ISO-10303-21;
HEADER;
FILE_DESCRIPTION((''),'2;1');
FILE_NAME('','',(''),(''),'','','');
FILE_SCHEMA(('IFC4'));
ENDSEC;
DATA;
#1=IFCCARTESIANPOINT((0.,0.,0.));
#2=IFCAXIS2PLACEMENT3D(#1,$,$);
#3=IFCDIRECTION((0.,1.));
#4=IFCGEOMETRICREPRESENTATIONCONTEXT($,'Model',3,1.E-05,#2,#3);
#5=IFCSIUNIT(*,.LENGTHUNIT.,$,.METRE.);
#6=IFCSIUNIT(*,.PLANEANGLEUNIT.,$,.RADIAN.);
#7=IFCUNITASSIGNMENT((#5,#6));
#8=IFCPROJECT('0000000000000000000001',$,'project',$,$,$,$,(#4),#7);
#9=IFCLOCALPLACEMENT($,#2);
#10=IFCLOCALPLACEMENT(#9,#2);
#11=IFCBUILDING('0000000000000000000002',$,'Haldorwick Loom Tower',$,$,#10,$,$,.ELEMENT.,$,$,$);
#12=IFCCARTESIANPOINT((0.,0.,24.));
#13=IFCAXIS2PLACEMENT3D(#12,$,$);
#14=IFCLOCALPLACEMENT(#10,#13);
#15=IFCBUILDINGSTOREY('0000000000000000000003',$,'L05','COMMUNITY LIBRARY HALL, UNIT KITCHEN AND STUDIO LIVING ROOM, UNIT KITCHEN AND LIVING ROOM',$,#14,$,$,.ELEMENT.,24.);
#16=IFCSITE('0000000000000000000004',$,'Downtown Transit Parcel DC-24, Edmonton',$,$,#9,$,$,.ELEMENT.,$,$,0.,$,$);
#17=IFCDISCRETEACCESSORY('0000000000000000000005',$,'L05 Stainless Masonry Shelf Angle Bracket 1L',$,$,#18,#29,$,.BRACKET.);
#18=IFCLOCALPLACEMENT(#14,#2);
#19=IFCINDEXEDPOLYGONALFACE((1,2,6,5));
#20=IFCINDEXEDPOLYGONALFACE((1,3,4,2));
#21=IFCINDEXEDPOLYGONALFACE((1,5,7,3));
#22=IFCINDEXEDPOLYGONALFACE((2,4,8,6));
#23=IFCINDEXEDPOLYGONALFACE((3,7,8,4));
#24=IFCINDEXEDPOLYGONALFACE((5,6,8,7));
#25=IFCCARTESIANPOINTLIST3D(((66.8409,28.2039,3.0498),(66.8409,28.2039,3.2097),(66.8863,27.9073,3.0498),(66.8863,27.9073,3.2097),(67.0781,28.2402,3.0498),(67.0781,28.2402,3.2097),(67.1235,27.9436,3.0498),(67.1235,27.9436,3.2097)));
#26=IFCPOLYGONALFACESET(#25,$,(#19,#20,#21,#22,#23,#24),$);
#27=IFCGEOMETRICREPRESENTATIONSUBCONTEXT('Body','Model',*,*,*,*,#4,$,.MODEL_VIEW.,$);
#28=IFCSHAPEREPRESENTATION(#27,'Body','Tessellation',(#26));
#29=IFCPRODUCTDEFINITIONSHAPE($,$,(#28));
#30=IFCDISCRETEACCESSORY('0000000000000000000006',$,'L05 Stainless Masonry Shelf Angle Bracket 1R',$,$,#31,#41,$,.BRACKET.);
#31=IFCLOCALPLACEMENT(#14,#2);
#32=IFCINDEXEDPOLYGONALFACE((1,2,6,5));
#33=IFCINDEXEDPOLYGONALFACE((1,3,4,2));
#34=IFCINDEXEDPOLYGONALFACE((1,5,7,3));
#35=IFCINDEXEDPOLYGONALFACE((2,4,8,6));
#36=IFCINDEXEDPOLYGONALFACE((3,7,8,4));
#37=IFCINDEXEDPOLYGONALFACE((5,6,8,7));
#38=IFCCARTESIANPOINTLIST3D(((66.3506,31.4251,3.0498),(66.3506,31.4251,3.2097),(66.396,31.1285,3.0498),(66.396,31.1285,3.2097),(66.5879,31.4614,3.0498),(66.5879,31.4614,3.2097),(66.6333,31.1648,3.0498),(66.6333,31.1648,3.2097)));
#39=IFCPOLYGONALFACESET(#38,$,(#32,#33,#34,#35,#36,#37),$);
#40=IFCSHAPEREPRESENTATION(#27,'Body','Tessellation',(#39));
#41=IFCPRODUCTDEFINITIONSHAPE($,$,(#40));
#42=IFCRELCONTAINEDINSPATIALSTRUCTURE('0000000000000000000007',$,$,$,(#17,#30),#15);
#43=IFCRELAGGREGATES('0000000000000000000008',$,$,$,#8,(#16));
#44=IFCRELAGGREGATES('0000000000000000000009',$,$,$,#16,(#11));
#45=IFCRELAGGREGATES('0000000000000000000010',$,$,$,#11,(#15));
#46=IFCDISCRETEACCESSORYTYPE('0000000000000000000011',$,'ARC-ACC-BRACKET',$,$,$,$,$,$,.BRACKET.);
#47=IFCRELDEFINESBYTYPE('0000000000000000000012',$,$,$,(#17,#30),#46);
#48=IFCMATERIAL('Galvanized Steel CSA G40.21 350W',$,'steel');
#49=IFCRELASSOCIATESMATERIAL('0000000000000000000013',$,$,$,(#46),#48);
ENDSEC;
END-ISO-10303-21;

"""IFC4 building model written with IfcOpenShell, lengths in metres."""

from ifc_helpers import new_model, si_unit, direction, frame, origin, origin_2d, place, context, subcontext, project, spatial, rectangle, extrude, material, type_object, element, save


model = new_model("IFC4")

# Units and contexts
model_context = context("Model", 3, precision=1e-05, world=origin(), true_north=direction((0.0, 1.0)))
body_context = subcontext(model_context, "Body", "Model", "MODEL_VIEW")
ifc_project = project(units=[si_unit("LENGTHUNIT", "METRE"), si_unit("PLANEANGLEUNIT", "RADIAN")], contexts=[model_context])

# Site, building, storey
site_placement = place(None, origin())
site = spatial("IfcSite", under=ifc_project, at=site_placement, Name="Downtown Transit Parcel DC-24, Edmonton", CompositionType="ELEMENT", RefElevation=0.0)
building_placement = place(site_placement, origin())
building = spatial("IfcBuilding", under=site, at=building_placement, Name="Haldorwick Loom Tower", CompositionType="ELEMENT")
storey_placement = place(building_placement, frame((0.0, 0.0, 24.0)))
storey = spatial("IfcBuildingStorey", under=building, at=storey_placement, Name="L05", Description="COMMUNITY LIBRARY HALL, UNIT KITCHEN AND STUDIO LIVING ROOM, UNIT KITCHEN AND LIVING ROOM", CompositionType="ELEMENT", Elevation=24.0)

# Discrete accessories
ifc_material_1 = material(Name="Galvanized Steel CSA G40.21 350W", Category="steel")
discrete_accessory_type = type_object("IfcDiscreteAccessoryType", Name="ARC-ACC-BRACKET", PredefinedType="BRACKET", material=ifc_material_1)
for number, where, z_axis, x_axis, name in (
    (1, (66.9822, 28.0737, 3.0498), (0.0, 0.0, 1.0), (-0.151261, 0.988494, 0.0), "L05 Stainless Masonry Shelf Angle Bracket 1L"),
    (2, (66.4919, 31.2949, 3.0498), (0.0, 0.0, 1.0), (-0.151261, 0.988494, 0.0), "L05 Stainless Masonry Shelf Angle Bracket 1R"),
):
    element("IfcDiscreteAccessory", number, at=place(storey_placement, frame(where, z_axis=z_axis, x_axis=x_axis)), inside=storey, type_object=discrete_accessory_type, Name=name, PredefinedType="BRACKET", context=body_context, shape_type="SweptSolid", body=[
        extrude(rectangle(XDim=0.3, YDim=0.24, at=origin_2d()), origin(), (0.0, 0.0, 1.0), 0.1599),
    ])

save(model, "model.ifc")
